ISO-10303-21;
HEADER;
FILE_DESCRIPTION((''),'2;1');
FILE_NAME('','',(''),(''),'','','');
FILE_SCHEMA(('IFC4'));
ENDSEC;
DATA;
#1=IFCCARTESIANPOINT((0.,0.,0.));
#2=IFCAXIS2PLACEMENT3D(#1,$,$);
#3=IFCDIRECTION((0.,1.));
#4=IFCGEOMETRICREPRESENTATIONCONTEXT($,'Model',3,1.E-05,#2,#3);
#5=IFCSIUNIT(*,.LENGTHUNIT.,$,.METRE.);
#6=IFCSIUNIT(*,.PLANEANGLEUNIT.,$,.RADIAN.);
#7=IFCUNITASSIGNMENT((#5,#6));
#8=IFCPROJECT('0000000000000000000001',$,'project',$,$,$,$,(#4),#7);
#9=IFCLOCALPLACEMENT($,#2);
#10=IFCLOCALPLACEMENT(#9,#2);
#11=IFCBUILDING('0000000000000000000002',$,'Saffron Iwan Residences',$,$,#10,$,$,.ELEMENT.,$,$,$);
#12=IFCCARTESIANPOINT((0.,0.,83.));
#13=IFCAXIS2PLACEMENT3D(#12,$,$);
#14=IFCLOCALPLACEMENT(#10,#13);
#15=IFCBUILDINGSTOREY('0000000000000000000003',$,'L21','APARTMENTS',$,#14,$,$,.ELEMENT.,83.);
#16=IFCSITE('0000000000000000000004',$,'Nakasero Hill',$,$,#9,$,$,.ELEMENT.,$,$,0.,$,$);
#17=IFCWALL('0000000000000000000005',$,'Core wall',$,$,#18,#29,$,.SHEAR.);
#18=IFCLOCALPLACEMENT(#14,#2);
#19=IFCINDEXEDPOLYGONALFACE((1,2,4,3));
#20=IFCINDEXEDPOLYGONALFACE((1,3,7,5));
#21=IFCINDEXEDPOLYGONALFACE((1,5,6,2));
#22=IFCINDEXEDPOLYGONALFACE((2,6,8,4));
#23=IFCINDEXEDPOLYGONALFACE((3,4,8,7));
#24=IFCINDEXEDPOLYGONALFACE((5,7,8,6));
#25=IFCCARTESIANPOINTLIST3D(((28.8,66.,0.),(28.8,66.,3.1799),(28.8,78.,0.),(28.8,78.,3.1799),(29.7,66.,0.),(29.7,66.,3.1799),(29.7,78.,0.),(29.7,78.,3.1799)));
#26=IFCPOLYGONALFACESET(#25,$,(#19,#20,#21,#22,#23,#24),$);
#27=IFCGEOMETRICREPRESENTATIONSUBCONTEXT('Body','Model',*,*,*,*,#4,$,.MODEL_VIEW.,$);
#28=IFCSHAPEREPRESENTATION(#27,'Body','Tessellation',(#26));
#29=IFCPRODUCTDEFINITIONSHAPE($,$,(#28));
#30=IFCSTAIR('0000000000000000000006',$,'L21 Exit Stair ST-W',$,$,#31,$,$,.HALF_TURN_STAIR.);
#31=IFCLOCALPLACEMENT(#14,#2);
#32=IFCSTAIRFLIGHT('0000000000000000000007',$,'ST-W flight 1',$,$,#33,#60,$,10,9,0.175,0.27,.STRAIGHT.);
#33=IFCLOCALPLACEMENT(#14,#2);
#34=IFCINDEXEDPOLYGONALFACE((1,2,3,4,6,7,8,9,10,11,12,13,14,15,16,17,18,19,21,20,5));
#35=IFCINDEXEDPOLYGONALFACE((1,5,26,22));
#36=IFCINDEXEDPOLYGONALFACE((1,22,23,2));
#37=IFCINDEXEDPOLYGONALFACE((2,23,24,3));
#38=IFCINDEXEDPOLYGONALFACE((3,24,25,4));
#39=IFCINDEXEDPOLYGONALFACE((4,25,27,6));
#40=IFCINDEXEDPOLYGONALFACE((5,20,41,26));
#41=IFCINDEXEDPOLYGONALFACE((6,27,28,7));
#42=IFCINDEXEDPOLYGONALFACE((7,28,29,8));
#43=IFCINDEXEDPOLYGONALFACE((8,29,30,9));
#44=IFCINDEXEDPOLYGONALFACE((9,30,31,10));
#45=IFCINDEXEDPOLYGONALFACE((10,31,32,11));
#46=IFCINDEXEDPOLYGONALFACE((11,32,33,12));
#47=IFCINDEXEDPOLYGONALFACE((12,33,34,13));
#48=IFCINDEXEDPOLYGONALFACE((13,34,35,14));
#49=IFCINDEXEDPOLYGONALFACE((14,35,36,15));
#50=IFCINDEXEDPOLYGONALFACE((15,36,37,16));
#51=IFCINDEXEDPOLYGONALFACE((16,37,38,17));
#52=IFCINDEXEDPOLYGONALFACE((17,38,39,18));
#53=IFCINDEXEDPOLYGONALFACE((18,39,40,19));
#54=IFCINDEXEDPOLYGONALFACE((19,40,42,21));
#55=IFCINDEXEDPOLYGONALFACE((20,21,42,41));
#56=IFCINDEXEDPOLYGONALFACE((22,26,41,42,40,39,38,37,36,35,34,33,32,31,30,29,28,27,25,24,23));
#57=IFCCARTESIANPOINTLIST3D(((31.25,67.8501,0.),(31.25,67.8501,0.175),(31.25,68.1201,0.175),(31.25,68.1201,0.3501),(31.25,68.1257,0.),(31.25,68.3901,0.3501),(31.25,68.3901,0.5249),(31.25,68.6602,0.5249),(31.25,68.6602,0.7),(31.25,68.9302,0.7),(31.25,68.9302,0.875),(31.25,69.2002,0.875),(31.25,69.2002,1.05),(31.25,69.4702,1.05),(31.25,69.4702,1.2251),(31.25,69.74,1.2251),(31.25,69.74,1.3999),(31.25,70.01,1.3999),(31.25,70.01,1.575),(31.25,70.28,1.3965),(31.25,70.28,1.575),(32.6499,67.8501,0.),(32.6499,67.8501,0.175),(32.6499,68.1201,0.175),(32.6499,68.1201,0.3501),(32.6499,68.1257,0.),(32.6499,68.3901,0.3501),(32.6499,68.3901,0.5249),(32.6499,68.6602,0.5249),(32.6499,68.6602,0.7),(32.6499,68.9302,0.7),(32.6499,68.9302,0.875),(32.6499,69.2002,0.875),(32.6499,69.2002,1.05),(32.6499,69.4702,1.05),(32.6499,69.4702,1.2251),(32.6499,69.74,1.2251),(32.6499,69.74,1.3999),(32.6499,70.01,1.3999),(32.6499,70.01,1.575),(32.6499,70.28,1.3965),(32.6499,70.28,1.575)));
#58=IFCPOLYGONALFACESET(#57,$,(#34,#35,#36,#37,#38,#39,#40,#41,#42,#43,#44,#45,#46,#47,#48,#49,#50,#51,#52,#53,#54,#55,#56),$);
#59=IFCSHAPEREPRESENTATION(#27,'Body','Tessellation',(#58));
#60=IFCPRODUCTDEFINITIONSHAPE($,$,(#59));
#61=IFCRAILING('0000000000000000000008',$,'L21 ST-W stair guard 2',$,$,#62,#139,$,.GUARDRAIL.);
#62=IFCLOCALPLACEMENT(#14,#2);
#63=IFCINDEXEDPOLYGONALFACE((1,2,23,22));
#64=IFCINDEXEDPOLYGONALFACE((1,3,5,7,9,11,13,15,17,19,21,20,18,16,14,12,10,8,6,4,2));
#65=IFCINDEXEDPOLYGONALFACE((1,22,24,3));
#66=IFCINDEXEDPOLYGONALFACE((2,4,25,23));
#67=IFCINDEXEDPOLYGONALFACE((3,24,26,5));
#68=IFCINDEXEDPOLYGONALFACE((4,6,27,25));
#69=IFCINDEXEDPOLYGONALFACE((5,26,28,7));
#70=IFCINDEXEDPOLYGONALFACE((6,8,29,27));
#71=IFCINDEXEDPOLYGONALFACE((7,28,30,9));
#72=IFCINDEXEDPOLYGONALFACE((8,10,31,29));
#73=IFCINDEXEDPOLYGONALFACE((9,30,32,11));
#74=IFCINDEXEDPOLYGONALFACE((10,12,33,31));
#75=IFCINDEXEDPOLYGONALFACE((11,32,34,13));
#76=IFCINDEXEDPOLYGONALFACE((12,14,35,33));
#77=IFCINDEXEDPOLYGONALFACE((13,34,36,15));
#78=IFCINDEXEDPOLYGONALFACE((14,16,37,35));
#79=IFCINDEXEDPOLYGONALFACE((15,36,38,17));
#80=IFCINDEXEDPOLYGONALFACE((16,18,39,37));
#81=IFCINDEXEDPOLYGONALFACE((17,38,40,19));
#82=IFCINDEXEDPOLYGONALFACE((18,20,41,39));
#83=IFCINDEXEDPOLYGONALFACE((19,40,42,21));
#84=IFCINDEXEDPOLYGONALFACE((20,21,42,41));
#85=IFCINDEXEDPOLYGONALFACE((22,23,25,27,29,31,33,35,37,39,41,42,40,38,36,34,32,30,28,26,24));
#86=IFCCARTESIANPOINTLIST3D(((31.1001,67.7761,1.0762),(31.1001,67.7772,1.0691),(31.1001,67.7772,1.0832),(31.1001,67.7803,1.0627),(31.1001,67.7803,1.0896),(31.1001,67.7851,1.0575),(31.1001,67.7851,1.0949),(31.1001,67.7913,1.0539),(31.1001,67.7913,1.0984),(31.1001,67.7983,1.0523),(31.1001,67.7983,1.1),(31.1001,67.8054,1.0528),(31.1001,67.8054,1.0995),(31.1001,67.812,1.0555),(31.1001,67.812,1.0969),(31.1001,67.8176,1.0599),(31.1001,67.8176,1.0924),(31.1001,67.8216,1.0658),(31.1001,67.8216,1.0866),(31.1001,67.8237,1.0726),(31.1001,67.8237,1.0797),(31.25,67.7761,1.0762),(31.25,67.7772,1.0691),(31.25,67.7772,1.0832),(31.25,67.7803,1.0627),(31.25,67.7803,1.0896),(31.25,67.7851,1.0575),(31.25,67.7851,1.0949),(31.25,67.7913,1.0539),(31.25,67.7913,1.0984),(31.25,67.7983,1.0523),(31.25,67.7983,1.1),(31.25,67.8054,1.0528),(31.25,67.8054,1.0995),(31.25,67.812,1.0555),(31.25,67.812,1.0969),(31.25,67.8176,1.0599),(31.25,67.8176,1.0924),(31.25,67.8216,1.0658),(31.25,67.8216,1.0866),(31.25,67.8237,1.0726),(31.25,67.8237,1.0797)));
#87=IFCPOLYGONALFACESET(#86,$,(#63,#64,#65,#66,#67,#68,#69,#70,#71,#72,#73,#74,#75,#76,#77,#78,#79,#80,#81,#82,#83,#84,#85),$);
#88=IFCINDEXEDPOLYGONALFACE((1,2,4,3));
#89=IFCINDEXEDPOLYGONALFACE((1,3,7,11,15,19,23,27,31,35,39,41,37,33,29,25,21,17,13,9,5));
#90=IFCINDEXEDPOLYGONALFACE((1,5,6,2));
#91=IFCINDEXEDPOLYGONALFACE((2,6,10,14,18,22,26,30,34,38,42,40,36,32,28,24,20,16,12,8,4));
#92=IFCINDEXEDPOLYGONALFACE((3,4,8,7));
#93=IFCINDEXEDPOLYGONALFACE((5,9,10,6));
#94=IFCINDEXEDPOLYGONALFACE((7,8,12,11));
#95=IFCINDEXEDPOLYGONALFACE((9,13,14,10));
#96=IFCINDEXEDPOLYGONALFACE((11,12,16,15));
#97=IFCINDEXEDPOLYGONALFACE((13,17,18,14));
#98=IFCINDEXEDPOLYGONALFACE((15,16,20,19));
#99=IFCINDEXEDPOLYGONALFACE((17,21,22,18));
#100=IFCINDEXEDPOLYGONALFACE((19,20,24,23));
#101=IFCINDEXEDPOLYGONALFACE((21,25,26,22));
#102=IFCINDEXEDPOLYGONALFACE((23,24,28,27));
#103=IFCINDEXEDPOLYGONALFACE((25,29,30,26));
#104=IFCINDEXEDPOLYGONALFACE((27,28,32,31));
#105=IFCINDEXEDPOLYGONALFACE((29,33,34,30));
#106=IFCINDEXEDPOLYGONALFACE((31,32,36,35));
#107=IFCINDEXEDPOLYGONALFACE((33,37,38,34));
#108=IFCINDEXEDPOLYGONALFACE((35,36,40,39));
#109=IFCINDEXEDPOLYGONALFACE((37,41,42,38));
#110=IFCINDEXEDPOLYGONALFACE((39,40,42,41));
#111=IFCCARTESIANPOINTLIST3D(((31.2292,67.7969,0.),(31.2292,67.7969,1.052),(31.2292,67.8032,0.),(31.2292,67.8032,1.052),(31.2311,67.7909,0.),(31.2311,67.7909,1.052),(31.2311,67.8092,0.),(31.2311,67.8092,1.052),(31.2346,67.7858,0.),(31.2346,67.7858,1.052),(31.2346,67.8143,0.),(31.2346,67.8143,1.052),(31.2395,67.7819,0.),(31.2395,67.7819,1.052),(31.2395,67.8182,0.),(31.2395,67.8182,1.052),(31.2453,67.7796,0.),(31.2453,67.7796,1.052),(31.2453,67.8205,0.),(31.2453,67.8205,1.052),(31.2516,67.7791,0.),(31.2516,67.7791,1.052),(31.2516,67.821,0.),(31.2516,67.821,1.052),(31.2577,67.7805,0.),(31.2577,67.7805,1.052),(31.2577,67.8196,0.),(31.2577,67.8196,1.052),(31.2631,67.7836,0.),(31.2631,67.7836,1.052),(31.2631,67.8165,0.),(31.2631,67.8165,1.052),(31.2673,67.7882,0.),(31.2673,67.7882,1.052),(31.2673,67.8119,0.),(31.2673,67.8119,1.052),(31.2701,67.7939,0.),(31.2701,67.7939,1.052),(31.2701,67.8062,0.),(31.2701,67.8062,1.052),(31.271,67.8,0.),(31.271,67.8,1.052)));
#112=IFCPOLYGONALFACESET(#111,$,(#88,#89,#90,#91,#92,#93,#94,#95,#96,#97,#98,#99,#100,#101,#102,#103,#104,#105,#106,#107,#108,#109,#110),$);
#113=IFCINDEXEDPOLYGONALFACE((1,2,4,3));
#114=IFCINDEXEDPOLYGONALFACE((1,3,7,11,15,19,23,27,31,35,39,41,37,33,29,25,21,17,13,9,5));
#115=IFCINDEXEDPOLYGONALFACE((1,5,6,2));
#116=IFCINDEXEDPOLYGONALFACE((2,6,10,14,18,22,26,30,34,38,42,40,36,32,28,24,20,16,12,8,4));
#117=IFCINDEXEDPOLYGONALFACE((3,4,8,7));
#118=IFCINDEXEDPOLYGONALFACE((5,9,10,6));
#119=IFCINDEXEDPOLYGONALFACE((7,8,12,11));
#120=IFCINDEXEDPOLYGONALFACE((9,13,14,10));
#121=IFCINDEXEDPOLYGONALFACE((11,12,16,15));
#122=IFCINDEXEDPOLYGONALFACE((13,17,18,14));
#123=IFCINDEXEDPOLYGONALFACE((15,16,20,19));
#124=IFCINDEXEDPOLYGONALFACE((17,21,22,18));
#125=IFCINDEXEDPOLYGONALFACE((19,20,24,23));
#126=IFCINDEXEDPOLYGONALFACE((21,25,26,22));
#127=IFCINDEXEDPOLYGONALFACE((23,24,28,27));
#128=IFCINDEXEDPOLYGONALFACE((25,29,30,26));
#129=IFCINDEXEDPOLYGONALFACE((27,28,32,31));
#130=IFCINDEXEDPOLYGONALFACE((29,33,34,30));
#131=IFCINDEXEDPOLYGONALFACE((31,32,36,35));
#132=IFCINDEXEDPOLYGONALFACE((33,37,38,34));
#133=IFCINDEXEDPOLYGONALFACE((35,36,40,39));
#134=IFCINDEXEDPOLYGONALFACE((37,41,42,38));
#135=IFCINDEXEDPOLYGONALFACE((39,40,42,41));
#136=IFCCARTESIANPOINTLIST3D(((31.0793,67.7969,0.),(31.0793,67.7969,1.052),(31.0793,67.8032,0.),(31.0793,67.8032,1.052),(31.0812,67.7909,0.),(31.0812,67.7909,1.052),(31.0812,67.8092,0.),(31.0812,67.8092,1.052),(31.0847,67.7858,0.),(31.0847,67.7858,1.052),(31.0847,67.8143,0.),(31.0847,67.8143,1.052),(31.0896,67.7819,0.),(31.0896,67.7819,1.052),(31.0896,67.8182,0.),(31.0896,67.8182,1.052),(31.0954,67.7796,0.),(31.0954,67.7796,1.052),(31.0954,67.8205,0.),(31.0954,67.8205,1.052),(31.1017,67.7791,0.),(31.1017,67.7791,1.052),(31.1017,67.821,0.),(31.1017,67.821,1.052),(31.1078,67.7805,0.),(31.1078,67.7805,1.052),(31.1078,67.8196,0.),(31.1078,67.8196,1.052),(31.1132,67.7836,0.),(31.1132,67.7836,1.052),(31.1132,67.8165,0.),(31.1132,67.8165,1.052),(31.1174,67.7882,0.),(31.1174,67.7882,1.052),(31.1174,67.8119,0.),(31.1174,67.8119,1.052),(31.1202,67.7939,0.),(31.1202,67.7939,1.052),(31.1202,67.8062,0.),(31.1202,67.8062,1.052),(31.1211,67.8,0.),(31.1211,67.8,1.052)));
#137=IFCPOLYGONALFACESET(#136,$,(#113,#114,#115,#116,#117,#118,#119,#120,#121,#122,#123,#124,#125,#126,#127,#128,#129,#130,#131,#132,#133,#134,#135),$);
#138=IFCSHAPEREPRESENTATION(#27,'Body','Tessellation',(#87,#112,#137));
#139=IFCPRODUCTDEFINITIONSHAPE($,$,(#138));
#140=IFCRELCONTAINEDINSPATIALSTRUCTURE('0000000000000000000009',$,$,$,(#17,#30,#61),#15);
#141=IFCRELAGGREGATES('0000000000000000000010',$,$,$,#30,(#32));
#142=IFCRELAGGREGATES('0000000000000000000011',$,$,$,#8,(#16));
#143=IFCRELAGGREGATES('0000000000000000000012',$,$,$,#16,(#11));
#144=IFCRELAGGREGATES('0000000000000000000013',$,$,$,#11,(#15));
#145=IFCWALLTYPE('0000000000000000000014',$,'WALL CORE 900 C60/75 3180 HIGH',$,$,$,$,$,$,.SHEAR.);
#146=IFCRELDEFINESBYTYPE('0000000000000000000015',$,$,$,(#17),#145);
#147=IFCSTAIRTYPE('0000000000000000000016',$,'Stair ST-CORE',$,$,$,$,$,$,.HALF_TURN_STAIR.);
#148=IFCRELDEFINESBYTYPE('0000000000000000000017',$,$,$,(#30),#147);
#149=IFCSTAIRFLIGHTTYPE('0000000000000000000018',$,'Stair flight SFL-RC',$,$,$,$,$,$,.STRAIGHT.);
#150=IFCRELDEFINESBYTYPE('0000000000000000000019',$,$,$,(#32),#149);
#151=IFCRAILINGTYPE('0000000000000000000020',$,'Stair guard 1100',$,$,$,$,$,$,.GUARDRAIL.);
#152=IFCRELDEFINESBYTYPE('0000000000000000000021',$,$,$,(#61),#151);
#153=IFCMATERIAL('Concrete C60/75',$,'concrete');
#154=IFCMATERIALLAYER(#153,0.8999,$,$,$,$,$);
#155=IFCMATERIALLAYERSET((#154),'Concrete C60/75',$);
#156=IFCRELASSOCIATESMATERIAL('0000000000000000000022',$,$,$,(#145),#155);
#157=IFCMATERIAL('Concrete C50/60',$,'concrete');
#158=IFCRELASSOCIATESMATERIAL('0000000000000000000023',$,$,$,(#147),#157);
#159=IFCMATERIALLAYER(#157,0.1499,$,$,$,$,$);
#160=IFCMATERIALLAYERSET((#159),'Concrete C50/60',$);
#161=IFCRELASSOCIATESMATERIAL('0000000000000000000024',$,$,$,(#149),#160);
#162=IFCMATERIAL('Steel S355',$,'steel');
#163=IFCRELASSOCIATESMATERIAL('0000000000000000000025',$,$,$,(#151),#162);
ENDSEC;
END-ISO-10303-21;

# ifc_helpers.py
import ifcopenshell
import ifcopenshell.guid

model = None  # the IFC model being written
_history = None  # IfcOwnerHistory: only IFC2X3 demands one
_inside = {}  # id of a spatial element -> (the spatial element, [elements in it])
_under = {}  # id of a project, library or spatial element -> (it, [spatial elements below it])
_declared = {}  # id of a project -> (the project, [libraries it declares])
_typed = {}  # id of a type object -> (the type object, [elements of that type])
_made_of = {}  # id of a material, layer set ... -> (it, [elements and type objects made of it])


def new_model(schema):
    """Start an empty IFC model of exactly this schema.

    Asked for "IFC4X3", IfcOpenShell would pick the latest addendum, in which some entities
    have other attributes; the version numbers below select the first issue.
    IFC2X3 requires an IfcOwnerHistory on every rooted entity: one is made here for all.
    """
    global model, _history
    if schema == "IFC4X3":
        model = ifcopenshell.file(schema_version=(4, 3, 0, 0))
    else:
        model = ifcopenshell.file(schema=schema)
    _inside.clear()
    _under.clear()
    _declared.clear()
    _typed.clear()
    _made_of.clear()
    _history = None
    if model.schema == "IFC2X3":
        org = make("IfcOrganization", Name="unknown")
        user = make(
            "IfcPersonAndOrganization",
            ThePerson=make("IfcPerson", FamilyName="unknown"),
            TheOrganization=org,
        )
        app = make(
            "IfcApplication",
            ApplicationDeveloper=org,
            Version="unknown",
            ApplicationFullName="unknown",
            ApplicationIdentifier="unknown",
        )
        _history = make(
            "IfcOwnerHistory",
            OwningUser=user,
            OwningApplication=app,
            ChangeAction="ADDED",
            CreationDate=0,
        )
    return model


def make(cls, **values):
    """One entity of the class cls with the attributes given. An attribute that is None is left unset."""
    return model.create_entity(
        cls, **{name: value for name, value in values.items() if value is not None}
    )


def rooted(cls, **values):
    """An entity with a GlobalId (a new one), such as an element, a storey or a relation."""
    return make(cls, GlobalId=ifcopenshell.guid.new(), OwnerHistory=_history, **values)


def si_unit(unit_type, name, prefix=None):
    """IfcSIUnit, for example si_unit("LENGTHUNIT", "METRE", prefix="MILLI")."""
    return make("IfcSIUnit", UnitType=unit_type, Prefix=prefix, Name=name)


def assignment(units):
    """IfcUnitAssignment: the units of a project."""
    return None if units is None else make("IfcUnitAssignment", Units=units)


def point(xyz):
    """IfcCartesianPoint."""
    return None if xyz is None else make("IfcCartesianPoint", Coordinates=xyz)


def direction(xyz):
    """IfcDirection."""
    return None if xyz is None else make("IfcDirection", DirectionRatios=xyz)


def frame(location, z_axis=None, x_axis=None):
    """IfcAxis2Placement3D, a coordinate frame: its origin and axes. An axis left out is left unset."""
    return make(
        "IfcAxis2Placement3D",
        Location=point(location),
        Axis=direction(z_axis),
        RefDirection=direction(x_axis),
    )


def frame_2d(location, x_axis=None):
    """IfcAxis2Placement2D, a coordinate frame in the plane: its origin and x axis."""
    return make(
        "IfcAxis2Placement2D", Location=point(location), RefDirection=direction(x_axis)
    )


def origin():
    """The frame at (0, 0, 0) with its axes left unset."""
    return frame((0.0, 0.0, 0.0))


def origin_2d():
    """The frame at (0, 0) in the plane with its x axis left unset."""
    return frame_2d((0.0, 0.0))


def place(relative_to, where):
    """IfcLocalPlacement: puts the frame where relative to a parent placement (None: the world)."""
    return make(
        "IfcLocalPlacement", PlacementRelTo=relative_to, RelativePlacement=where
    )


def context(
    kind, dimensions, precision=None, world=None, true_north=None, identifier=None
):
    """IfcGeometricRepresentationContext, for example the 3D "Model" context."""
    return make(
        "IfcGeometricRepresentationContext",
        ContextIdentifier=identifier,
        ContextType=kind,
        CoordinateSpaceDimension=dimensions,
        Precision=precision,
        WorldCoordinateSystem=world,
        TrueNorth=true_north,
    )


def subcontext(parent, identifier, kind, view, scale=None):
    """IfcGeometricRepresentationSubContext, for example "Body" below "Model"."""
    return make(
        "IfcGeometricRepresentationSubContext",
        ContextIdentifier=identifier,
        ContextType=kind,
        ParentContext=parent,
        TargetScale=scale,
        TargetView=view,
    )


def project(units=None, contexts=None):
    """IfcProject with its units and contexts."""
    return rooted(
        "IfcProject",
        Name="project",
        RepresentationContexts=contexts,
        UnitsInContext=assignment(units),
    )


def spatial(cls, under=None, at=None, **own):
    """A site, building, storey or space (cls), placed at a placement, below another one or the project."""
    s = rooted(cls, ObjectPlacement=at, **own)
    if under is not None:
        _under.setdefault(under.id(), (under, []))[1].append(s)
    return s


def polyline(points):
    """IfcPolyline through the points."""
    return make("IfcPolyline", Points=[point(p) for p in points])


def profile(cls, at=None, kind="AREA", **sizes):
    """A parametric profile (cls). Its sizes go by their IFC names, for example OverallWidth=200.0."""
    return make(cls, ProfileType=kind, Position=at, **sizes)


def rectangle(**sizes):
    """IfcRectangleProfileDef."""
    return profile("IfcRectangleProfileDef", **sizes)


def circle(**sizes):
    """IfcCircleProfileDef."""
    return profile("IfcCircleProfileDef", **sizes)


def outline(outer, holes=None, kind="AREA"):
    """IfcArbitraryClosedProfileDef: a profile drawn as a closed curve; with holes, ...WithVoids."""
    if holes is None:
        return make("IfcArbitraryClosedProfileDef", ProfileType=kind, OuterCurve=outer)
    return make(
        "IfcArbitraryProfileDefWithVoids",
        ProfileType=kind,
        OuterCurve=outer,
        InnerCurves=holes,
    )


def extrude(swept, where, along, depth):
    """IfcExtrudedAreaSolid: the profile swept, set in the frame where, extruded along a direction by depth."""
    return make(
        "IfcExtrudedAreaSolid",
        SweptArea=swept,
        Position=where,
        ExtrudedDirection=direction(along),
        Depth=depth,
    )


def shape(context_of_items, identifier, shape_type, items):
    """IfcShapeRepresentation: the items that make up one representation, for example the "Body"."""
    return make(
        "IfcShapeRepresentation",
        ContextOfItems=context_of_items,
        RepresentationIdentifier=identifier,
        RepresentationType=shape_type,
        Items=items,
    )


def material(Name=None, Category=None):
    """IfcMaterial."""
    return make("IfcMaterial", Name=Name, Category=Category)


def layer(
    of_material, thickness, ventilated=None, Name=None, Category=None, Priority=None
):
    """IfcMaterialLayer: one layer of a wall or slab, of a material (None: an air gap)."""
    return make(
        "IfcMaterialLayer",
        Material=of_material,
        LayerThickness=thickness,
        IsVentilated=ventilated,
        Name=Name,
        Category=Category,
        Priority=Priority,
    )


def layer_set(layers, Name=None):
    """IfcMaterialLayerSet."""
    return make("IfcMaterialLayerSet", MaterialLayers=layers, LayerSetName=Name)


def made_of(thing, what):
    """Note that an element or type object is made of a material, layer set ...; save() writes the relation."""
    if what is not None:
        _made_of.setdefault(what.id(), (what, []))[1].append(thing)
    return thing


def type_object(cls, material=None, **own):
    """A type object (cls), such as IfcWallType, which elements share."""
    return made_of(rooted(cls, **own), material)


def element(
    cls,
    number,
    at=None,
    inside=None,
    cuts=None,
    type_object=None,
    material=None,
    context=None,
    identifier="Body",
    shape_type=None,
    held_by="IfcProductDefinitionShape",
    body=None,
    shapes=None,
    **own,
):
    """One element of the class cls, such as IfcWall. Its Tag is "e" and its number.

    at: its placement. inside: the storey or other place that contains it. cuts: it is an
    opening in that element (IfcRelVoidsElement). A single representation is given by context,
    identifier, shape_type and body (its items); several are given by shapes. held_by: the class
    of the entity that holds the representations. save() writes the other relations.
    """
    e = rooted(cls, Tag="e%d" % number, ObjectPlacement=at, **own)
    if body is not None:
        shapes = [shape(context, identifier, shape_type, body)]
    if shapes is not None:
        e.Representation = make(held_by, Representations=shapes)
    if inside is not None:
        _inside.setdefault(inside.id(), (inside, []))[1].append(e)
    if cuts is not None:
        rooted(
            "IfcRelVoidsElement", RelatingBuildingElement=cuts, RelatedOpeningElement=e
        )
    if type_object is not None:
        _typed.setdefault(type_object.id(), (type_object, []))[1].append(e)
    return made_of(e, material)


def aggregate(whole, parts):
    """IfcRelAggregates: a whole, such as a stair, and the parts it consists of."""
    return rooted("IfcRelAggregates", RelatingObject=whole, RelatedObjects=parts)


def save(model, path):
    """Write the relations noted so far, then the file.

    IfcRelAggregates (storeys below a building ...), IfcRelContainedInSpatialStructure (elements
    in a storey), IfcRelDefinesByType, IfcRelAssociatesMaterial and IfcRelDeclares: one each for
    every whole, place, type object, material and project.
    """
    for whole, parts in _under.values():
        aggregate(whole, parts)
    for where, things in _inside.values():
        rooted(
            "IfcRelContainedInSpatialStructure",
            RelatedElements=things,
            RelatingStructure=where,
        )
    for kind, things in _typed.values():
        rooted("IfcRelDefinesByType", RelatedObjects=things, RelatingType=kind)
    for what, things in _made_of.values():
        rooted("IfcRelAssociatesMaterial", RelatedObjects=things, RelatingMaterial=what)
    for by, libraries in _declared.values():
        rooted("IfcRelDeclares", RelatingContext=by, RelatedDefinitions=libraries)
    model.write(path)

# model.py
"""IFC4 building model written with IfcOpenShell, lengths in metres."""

from ifc_helpers import new_model, si_unit, direction, frame, frame_2d, origin, origin_2d, place, context, subcontext, project, spatial, polyline, rectangle, circle, outline, extrude, material, layer, layer_set, type_object, element, aggregate, save


model = new_model("IFC4")

# Units and contexts
model_context = context("Model", 3, precision=1e-05, world=origin(), true_north=direction((0.0, 1.0)))
body_context = subcontext(model_context, "Body", "Model", "MODEL_VIEW")
ifc_project = project(units=[si_unit("LENGTHUNIT", "METRE"), si_unit("PLANEANGLEUNIT", "RADIAN")], contexts=[model_context])

# Site, building, storey
site_placement = place(None, origin())
site = spatial("IfcSite", under=ifc_project, at=site_placement, Name="Nakasero Hill", CompositionType="ELEMENT", RefElevation=0.0)
building_placement = place(site_placement, origin())
building = spatial("IfcBuilding", under=site, at=building_placement, Name="Saffron Iwan Residences", CompositionType="ELEMENT")
storey_placement = place(building_placement, frame((0.0, 0.0, 83.0)))
storey = spatial("IfcBuildingStorey", under=building, at=storey_placement, Name="L21", Description="APARTMENTS", CompositionType="ELEMENT", Elevation=83.0)

# Shared definitions
ifc_material_1 = material(Name="Concrete C60/75", Category="concrete")

# Wall
ifc_layer_1 = layer(ifc_material_1, 0.8999)
ifc_layer_set_1 = layer_set([ifc_layer_1], Name="Concrete C60/75")
wall_type_1 = type_object("IfcWallType", Name="WALL CORE 900 C60/75 3180 HIGH", PredefinedType="SHEAR", material=ifc_layer_set_1)
wall_1_placement = place(storey_placement, frame((29.25, 66.0, 0.0), z_axis=(0.0, 0.0, 1.0), x_axis=(0.0, 1.0, 0.0)))
element("IfcWall", 1, at=wall_1_placement, inside=storey, type_object=wall_type_1, Name="Core wall", PredefinedType="SHEAR", context=body_context, shape_type="SweptSolid", body=[
    extrude(rectangle(XDim=12.0, YDim=0.8999, at=frame_2d((6.0, 0.0))), origin(), (0.0, 0.0, 1.0), 3.1799),
])

# Stair, stair flight
ifc_material_2 = material(Name="Concrete C50/60", Category="concrete")
stair_type = type_object("IfcStairType", Name="Stair ST-CORE", PredefinedType="HALF_TURN_STAIR", material=ifc_material_2)
stair_placement = place(storey_placement, origin())
stair = element("IfcStair", 2, at=stair_placement, inside=storey, type_object=stair_type, Name="L21 Exit Stair ST-W", PredefinedType="HALF_TURN_STAIR")
ifc_layer_2 = layer(ifc_material_2, 0.1499)
ifc_layer_set_2 = layer_set([ifc_layer_2], Name="Concrete C50/60")
stair_flight_type = type_object("IfcStairFlightType", Name="Stair flight SFL-RC", PredefinedType="STRAIGHT", material=ifc_layer_set_2)
stair_flight_placement = place(storey_placement, frame((31.95, 67.8501, 0.0), z_axis=(0.0, 0.0, 1.0), x_axis=(0.0, 1.0, 0.0)))
stair_flight = element("IfcStairFlight", 3, at=stair_flight_placement, type_object=stair_flight_type, Name="ST-W flight 1", NumberOfRisers=10, NumberOfTreads=9, PredefinedType="STRAIGHT", RiserHeight=0.175, TreadLength=0.27, context=body_context, shape_type="SweptSolid", body=[
    extrude(outline(polyline([(0.0, 0.0), (0.0, 0.175), (0.27, 0.175), (0.27, 0.3501), (0.54, 0.3501), (0.54, 0.5249), (0.8101, 0.5249), (0.8101, 0.7), (1.0801, 0.7), (1.0801, 0.875), (1.3501, 0.875), (1.3501, 1.05), (1.6201, 1.05), (1.6201, 1.2251), (1.8899, 1.2251), (1.8899, 1.3999), (2.1599, 1.3999), (2.1599, 1.575), (2.4299, 1.575), (2.4299, 1.75), (2.4299, 1.3965), (0.2756, 0.0), (0.0, 0.0)])), frame((0.0, 0.7, 0.0), z_axis=(0.0, -1.0, 0.0), x_axis=(1.0, 0.0, 0.0)), (0.0, 0.0, 1.0), 1.3999),
])
aggregate(stair, [stair_flight])

# Railing
ifc_material_3 = material(Name="Steel S355", Category="steel")
railing_type_1 = type_object("IfcRailingType", Name="Stair guard 1100", PredefinedType="GUARDRAIL", material=ifc_material_3)
railing_1_placement = place(storey_placement, frame((31.25, 67.8, 0.0)))
element("IfcRailing", 4, at=railing_1_placement, inside=storey, type_object=railing_type_1, Name="L21 ST-W stair guard 2", PredefinedType="GUARDRAIL", context=body_context, shape_type="SweptSolid", body=[
    extrude(circle(Radius=0.0239, at=origin_2d()), frame((0.0, 0.0, 1.0762), z_axis=(-1.0, 0.0, 0.0), x_axis=(0.0, -1.0, 0.0)), (0.0, 0.0, 1.0), 0.1499),
    extrude(circle(Radius=0.021, at=origin_2d()), origin(), (0.0, 0.0, 1.0), 1.052),
    extrude(circle(Radius=0.021, at=origin_2d()), frame((-0.1499, 0.0, 0.0)), (0.0, 0.0, 1.0), 1.052),
])

save(model, "model.ifc")
